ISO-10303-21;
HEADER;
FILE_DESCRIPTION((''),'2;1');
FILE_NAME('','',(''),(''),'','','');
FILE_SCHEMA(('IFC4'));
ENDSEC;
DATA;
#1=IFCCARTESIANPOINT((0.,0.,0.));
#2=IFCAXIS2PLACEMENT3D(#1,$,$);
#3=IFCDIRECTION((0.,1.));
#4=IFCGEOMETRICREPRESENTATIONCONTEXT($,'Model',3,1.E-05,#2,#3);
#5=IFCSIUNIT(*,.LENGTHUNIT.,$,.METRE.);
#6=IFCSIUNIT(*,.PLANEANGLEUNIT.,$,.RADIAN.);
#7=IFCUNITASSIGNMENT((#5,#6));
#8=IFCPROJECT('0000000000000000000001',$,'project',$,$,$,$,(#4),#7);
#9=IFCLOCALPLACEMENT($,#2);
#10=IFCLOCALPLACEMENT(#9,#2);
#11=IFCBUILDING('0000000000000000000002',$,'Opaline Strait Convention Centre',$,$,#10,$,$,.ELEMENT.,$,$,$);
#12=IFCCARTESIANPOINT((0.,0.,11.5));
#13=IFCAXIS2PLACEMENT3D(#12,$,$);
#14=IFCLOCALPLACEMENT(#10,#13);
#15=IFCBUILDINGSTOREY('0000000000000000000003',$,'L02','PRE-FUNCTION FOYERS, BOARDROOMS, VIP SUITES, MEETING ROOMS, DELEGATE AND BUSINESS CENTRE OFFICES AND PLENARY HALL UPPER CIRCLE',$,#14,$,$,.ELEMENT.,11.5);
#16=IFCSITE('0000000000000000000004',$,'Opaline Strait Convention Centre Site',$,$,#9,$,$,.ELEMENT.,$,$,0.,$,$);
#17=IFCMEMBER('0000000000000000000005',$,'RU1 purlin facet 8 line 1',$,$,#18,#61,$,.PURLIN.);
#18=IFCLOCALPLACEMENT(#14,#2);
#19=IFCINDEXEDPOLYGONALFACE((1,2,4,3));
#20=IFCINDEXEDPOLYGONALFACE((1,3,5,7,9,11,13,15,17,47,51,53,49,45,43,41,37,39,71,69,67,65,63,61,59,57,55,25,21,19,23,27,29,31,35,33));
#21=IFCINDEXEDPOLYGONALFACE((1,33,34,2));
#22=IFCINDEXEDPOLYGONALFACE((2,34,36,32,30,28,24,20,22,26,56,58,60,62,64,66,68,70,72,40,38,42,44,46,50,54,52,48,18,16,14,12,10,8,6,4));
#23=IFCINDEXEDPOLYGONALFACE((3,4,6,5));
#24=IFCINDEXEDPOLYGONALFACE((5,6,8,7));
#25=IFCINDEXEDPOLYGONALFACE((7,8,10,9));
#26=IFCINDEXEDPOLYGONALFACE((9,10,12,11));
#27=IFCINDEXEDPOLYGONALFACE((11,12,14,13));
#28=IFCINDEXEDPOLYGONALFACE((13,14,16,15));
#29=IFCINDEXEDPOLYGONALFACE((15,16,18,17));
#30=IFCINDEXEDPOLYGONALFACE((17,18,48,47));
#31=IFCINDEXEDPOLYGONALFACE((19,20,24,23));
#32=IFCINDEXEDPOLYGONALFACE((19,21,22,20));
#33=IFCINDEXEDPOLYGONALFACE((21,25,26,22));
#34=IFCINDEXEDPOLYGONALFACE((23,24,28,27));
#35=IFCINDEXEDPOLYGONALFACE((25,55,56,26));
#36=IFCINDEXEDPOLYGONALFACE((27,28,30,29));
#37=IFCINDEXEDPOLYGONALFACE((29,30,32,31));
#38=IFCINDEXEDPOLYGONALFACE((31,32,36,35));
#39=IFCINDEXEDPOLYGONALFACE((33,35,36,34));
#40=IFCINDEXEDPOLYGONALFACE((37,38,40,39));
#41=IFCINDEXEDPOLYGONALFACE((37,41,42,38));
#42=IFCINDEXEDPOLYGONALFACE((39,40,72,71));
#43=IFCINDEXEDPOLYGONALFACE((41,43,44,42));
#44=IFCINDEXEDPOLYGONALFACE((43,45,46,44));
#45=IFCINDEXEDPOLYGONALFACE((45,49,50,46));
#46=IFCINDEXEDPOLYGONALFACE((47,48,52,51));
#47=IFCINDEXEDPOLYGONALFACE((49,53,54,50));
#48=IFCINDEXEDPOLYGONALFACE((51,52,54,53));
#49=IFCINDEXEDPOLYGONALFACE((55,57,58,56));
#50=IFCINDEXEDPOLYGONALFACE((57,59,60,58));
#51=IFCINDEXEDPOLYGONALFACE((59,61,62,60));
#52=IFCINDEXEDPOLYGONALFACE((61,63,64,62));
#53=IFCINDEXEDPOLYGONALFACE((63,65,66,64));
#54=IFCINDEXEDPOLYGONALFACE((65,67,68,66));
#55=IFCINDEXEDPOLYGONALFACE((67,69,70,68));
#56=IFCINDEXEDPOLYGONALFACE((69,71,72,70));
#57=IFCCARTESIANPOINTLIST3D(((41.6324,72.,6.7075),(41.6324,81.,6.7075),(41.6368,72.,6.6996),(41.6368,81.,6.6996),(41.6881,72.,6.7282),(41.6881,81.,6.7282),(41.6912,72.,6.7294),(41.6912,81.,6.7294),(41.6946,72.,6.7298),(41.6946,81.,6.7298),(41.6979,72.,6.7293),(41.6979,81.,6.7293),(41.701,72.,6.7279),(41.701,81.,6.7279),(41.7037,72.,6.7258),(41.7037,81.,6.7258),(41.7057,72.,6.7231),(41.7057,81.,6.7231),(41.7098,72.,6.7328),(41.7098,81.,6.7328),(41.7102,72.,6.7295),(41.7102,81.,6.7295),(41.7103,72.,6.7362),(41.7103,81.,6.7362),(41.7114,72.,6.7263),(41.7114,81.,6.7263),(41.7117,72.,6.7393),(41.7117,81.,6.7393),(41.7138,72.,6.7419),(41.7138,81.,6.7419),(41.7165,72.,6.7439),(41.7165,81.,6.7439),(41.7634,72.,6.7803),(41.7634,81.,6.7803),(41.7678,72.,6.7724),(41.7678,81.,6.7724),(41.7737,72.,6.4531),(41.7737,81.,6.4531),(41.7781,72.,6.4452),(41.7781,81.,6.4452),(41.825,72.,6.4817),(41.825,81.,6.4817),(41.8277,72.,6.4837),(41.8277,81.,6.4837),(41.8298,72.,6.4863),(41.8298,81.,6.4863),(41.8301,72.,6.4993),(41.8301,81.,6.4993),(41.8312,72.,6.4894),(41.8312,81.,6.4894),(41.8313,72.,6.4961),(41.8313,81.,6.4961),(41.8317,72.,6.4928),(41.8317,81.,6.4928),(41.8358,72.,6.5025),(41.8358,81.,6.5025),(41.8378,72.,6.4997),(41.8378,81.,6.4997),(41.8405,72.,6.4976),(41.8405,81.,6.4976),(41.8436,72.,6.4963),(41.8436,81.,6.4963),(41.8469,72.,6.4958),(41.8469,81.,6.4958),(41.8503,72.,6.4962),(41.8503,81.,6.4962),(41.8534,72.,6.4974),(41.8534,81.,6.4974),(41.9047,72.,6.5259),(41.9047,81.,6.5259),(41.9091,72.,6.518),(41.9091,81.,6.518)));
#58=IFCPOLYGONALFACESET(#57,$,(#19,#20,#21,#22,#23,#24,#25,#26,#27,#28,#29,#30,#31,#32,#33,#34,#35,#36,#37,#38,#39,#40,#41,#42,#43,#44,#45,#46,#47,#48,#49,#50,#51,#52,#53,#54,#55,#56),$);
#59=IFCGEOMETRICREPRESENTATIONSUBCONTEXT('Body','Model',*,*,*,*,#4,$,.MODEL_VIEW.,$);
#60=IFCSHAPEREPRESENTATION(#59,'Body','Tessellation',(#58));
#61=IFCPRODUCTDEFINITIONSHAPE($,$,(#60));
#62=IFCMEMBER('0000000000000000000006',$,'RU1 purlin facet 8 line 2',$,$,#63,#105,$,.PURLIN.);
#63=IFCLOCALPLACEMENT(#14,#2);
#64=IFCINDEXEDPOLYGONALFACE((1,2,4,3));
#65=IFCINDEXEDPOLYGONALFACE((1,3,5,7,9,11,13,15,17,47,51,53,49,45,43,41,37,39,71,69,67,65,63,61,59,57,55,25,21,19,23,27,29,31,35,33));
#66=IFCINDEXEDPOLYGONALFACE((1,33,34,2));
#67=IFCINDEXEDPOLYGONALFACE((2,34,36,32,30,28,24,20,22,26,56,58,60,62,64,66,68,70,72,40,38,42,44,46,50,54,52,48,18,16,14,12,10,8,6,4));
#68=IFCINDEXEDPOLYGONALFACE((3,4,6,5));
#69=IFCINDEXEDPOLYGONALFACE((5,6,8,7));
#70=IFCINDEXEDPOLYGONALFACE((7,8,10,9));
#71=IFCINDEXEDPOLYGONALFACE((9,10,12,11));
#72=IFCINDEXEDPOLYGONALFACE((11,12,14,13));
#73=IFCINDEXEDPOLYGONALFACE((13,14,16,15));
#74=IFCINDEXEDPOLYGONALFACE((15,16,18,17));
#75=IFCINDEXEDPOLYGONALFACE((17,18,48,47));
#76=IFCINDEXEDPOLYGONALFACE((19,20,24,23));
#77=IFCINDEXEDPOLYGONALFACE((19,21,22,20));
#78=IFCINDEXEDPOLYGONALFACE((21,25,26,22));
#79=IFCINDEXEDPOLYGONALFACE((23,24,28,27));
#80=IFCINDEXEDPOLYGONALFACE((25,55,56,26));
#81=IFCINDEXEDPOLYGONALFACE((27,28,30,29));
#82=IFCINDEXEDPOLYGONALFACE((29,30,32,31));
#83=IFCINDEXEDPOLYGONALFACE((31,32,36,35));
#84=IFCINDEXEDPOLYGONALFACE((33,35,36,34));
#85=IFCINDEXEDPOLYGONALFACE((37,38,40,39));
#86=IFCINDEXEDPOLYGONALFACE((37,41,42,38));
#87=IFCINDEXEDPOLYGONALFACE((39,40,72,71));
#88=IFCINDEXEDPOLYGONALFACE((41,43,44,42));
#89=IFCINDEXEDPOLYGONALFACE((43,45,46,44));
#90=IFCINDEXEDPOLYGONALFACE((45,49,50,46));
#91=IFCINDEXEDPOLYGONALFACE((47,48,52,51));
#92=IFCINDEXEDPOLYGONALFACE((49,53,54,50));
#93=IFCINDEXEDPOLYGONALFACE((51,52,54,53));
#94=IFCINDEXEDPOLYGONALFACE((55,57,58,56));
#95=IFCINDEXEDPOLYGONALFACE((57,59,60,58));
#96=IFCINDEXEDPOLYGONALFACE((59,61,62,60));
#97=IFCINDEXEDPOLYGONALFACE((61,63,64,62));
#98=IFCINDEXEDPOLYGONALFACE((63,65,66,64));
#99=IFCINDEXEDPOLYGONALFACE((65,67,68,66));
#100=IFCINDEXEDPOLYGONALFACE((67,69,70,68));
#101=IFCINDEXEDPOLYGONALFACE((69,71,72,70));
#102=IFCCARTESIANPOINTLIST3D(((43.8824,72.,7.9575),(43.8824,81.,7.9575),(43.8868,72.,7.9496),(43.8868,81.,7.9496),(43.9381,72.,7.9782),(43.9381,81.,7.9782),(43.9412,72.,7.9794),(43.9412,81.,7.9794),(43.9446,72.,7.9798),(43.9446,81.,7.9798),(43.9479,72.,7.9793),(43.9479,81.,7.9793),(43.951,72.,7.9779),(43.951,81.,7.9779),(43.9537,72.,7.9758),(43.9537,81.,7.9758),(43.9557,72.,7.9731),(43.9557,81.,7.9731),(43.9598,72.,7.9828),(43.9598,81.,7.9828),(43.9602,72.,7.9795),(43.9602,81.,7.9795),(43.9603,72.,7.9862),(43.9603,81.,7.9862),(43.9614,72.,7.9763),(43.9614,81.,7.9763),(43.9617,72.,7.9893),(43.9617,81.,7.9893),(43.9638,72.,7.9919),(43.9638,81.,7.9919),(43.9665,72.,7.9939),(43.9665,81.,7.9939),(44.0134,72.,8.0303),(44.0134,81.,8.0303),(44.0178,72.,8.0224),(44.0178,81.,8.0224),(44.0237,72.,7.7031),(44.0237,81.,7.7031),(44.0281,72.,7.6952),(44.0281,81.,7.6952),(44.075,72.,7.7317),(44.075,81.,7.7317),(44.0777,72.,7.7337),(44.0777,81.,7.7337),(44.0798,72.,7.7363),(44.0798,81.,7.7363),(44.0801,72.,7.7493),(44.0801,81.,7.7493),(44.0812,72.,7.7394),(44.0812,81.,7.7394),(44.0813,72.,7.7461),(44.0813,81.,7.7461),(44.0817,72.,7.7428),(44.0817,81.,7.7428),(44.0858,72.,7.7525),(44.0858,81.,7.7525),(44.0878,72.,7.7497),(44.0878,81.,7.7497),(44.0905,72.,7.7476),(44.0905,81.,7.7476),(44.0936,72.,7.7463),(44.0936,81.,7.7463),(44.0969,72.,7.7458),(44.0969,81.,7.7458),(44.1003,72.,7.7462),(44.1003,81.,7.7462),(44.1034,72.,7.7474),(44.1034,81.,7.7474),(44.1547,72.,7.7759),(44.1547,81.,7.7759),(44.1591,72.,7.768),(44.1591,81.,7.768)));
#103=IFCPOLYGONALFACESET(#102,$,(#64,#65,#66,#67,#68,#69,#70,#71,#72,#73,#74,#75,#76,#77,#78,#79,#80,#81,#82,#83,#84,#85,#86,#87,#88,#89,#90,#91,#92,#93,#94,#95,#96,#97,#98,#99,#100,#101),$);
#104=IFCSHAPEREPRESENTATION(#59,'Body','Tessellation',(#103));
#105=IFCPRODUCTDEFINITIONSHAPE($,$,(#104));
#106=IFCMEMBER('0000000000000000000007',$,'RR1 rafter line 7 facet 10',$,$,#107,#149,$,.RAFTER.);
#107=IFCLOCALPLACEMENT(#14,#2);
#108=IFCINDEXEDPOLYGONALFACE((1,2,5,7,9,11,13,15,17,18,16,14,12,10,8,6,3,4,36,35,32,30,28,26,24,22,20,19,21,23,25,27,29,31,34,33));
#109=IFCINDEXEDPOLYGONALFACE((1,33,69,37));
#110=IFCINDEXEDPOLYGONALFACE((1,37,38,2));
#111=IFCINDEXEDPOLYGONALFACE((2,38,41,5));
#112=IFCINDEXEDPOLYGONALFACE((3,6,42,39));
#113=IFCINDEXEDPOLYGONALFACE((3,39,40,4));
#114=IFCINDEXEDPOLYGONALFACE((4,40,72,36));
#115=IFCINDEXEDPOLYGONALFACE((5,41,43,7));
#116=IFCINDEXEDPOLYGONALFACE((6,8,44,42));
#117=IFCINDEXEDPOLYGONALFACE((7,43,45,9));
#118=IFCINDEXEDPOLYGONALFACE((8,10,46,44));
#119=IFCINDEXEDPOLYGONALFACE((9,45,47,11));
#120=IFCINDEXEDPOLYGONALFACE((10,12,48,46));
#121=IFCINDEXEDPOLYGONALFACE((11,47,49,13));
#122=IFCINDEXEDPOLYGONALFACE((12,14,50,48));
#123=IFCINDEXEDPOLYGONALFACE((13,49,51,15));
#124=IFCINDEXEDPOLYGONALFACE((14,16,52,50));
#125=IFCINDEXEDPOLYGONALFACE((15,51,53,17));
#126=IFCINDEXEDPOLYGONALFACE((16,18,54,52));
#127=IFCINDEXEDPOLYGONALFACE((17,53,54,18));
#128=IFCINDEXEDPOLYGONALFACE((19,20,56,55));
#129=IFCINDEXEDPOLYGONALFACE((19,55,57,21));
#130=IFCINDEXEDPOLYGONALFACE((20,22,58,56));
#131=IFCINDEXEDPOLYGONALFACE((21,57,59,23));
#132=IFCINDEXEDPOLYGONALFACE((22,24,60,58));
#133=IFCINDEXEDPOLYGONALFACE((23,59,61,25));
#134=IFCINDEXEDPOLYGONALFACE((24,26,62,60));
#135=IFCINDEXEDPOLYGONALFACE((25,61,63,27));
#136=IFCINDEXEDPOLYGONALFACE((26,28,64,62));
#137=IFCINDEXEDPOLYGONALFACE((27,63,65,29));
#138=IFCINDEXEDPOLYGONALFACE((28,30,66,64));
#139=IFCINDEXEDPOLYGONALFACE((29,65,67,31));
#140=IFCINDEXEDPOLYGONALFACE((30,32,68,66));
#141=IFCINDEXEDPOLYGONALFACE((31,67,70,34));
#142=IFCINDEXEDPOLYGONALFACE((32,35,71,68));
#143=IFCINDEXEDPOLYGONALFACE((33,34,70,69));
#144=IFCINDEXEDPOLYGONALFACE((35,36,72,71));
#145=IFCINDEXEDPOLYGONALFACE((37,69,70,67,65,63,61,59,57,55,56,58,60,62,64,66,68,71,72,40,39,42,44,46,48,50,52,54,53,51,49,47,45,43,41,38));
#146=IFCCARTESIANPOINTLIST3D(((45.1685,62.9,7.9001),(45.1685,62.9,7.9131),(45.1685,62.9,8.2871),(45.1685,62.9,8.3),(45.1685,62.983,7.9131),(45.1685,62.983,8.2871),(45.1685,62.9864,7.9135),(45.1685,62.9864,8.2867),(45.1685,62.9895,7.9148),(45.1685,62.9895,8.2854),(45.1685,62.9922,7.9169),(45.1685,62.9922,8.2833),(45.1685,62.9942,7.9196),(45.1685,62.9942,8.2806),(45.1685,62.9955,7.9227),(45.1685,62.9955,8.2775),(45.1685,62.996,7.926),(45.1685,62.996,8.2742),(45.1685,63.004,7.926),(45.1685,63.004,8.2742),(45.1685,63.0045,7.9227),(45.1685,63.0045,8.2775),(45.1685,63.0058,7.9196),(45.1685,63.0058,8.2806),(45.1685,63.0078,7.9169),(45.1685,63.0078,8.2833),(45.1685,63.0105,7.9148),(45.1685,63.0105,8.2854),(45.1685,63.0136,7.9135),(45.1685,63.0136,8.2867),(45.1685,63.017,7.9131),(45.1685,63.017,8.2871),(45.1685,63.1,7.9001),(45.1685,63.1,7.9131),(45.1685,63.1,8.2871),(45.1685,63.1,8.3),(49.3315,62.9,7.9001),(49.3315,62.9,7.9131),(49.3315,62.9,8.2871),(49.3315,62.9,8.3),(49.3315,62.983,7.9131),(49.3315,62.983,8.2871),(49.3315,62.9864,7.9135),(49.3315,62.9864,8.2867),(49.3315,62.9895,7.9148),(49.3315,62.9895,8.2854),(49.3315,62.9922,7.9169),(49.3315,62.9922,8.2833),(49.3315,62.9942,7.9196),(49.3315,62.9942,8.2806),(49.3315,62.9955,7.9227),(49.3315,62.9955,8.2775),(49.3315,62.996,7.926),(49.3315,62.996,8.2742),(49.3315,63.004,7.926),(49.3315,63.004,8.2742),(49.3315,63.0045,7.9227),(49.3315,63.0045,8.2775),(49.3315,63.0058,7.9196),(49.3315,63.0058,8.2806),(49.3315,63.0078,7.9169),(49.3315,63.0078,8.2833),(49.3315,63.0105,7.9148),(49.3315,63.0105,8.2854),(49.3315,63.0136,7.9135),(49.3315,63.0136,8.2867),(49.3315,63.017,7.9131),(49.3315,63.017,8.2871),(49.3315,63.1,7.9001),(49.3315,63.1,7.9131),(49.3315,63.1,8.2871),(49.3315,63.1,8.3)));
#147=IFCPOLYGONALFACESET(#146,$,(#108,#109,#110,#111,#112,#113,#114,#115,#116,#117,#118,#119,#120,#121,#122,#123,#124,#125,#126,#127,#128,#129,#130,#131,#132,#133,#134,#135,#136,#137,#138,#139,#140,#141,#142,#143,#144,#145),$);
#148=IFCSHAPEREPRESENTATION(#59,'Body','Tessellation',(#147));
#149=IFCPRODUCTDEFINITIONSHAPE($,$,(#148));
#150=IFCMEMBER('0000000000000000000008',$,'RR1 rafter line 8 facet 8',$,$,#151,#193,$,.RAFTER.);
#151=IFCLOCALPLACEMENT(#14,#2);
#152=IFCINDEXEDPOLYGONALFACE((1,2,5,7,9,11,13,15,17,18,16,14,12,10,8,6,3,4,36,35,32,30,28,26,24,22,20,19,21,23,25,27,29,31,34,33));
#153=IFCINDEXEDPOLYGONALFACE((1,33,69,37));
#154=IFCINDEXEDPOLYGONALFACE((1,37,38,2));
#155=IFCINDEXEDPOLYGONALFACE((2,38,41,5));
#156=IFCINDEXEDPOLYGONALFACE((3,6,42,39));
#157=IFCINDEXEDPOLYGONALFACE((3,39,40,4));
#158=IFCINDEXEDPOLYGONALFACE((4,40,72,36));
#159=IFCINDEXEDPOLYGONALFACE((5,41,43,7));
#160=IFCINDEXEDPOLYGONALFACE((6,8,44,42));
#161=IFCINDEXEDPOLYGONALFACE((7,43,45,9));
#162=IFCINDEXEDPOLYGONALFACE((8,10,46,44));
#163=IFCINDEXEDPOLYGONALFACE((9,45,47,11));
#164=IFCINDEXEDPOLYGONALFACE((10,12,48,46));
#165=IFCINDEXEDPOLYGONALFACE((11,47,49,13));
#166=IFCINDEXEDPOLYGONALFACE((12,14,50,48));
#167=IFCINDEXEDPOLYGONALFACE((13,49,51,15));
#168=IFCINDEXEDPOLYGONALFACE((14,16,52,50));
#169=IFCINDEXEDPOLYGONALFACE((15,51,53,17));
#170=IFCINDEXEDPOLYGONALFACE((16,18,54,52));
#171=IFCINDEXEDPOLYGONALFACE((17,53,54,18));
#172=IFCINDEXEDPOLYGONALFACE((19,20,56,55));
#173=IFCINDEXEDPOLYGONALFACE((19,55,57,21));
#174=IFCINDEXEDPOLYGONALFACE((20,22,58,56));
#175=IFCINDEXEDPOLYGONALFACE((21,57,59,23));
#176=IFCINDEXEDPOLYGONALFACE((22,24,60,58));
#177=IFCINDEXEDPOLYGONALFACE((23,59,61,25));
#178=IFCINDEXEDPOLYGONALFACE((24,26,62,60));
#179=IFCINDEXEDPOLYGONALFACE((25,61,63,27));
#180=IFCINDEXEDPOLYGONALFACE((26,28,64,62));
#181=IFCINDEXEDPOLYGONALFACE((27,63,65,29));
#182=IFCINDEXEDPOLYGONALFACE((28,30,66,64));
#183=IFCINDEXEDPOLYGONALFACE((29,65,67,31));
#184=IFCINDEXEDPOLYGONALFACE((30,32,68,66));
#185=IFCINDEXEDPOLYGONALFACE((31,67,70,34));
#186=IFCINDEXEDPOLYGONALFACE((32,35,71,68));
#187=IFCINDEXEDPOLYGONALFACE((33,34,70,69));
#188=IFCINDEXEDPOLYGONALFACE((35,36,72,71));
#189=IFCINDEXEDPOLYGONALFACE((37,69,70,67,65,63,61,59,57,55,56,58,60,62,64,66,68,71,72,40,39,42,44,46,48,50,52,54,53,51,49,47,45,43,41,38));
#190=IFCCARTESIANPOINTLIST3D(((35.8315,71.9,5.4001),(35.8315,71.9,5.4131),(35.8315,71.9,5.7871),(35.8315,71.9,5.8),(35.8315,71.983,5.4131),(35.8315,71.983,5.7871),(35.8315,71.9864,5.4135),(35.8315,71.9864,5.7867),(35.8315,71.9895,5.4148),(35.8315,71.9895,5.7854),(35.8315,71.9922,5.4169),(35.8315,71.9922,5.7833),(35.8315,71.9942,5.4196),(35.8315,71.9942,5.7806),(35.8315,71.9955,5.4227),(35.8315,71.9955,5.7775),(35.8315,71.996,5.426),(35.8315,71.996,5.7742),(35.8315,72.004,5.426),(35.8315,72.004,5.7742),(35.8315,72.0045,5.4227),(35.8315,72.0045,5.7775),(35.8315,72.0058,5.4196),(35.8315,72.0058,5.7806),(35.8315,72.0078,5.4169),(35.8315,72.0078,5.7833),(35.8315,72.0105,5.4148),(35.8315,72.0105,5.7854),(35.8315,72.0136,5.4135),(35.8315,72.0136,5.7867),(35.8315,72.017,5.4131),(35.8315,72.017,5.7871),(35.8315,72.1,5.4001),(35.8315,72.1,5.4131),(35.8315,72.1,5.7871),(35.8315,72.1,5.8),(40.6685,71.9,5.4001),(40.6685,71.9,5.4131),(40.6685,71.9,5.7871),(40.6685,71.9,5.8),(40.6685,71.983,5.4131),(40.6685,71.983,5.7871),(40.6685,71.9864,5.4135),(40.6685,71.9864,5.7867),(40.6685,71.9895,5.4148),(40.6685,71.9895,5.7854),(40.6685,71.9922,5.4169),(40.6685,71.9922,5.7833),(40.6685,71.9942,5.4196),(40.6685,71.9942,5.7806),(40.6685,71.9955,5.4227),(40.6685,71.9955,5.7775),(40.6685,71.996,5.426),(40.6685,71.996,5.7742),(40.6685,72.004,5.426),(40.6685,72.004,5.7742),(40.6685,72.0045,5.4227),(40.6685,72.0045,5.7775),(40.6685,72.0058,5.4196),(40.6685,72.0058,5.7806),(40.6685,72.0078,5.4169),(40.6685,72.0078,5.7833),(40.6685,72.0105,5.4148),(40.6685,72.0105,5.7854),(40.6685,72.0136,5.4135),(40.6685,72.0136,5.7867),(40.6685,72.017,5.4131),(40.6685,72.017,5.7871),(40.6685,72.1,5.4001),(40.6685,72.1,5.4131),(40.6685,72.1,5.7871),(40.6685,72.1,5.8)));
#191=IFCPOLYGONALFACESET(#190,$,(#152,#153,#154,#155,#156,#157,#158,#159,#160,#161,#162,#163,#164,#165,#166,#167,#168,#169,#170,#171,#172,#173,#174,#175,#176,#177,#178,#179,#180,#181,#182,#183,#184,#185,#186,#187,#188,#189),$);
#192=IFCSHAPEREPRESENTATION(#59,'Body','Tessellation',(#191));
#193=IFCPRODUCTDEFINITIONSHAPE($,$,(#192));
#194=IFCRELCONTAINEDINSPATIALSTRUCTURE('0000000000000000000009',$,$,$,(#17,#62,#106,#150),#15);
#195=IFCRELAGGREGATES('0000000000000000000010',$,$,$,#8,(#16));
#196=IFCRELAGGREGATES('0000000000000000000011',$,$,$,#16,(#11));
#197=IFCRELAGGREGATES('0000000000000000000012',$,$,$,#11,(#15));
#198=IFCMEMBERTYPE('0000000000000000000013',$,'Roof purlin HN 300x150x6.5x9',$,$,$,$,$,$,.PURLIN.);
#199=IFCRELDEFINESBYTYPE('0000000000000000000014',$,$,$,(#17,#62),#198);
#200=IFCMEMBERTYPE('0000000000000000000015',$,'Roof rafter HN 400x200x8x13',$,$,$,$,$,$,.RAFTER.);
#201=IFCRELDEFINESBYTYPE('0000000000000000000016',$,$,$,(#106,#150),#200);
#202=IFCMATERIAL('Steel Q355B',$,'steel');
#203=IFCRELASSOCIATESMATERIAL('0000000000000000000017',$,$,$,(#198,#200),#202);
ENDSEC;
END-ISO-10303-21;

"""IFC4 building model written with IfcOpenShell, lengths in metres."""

from ifc_helpers import new_model, si_unit, direction, frame, origin, origin_2d, place, context, subcontext, project, spatial, i_section, extrude, material, material_profile, profile_set, type_object, element, save


model = new_model("IFC4")

# Units and contexts
model_context = context("Model", 3, precision=1e-05, world=origin(), true_north=direction((0.0, 1.0)))
body_context = subcontext(model_context, "Body", "Model", "MODEL_VIEW")
ifc_project = project(units=[si_unit("LENGTHUNIT", "METRE"), si_unit("PLANEANGLEUNIT", "RADIAN")], contexts=[model_context])

# Site, building, storey
site_placement = place(None, origin())
site = spatial("IfcSite", under=ifc_project, at=site_placement, Name="Opaline Strait Convention Centre Site", CompositionType="ELEMENT", RefElevation=0.0)
building_placement = place(site_placement, origin())
building = spatial("IfcBuilding", under=site, at=building_placement, Name="Opaline Strait Convention Centre", CompositionType="ELEMENT")
storey_placement = place(building_placement, frame((0.0, 0.0, 11.5)))
storey = spatial("IfcBuildingStorey", under=building, at=storey_placement, Name="L02", Description="PRE-FUNCTION FOYERS, BOARDROOMS, VIP SUITES, MEETING ROOMS, DELEGATE AND BUSINESS CENTRE OFFICES AND PLENARY HALL UPPER CIRCLE", CompositionType="ELEMENT", Elevation=11.5)

# Shared definitions
ifc_material_1 = material(Name="Steel Q355B", Category="steel")

# Members
ifc_material_profile_1 = material_profile(ifc_material_1, i_section(OverallWidth=0.1499, OverallDepth=0.3, WebThickness=0.0066, FlangeThickness=0.009, FilletRadius=0.0129, at=origin_2d()), Name="HN 300x150x6.5x9")
ifc_profile_set_1 = profile_set([ifc_material_profile_1], Name="Steel Q355B")
member_type_1 = type_object("IfcMemberType", Name="Roof purlin HN 300x150x6.5x9", PredefinedType="PURLIN", material=ifc_profile_set_1)
for number, where, z_axis, x_axis, name in (
    (1, (41.7708, 72.0, 6.6128), (0.0, 1.0, 0.0), (-0.874157, 0.0, -0.485643), "RU1 purlin facet 8 line 1"),
    (2, (44.0208, 72.0, 7.8628), (0.0, 1.0, 0.0), (-0.874157, 0.0, -0.485643), "RU1 purlin facet 8 line 2"),
):
    element("IfcMember", number, at=place(storey_placement, frame(where, z_axis=z_axis, x_axis=x_axis)), inside=storey, type_object=member_type_1, Name=name, PredefinedType="PURLIN", context=body_context, shape_type="SweptSolid", body=[
        extrude(i_section(OverallWidth=0.1499, OverallDepth=0.3, WebThickness=0.0066, FlangeThickness=0.009, FilletRadius=0.0129, at=origin_2d()), origin(), (0.0, 0.0, 1.0), 9.0),
    ])
ifc_material_profile_2 = material_profile(ifc_material_1, i_section(OverallWidth=0.2, OverallDepth=0.3999, WebThickness=0.0081, FlangeThickness=0.0129, FilletRadius=0.0129, at=origin_2d()), Name="HN 400x200x8x13")
ifc_profile_set_2 = profile_set([ifc_material_profile_2], Name="Steel Q355B")
member_type_2 = type_object("IfcMemberType", Name="Roof rafter HN 400x200x8x13", PredefinedType="RAFTER", material=ifc_profile_set_2)
member_1_placement = place(storey_placement, frame((45.1685, 63.0, 8.1001), z_axis=(1.0, 0.0, 0.0), x_axis=(0.0, 1.0, 0.0)))
element("IfcMember", 3, at=member_1_placement, inside=storey, type_object=member_type_2, Name="RR1 rafter line 7 facet 10", PredefinedType="RAFTER", context=body_context, shape_type="SweptSolid", body=[
    extrude(i_section(OverallWidth=0.2, OverallDepth=0.3999, WebThickness=0.0081, FlangeThickness=0.0129, FilletRadius=0.0129, at=origin_2d()), origin(), (0.0, 0.0, 1.0), 4.1631),
])
member_2_placement = place(storey_placement, frame((35.8315, 72.0, 5.6001), z_axis=(1.0, 0.0, 0.0), x_axis=(0.0, 1.0, 0.0)))
element("IfcMember", 4, at=member_2_placement, inside=storey, type_object=member_type_2, Name="RR1 rafter line 8 facet 8", PredefinedType="RAFTER", context=body_context, shape_type="SweptSolid", body=[
    extrude(i_section(OverallWidth=0.2, OverallDepth=0.3999, WebThickness=0.0081, FlangeThickness=0.0129, FilletRadius=0.0129, at=origin_2d()), origin(), (0.0, 0.0, 1.0), 4.8369),
])

save(model, "model.ifc")
